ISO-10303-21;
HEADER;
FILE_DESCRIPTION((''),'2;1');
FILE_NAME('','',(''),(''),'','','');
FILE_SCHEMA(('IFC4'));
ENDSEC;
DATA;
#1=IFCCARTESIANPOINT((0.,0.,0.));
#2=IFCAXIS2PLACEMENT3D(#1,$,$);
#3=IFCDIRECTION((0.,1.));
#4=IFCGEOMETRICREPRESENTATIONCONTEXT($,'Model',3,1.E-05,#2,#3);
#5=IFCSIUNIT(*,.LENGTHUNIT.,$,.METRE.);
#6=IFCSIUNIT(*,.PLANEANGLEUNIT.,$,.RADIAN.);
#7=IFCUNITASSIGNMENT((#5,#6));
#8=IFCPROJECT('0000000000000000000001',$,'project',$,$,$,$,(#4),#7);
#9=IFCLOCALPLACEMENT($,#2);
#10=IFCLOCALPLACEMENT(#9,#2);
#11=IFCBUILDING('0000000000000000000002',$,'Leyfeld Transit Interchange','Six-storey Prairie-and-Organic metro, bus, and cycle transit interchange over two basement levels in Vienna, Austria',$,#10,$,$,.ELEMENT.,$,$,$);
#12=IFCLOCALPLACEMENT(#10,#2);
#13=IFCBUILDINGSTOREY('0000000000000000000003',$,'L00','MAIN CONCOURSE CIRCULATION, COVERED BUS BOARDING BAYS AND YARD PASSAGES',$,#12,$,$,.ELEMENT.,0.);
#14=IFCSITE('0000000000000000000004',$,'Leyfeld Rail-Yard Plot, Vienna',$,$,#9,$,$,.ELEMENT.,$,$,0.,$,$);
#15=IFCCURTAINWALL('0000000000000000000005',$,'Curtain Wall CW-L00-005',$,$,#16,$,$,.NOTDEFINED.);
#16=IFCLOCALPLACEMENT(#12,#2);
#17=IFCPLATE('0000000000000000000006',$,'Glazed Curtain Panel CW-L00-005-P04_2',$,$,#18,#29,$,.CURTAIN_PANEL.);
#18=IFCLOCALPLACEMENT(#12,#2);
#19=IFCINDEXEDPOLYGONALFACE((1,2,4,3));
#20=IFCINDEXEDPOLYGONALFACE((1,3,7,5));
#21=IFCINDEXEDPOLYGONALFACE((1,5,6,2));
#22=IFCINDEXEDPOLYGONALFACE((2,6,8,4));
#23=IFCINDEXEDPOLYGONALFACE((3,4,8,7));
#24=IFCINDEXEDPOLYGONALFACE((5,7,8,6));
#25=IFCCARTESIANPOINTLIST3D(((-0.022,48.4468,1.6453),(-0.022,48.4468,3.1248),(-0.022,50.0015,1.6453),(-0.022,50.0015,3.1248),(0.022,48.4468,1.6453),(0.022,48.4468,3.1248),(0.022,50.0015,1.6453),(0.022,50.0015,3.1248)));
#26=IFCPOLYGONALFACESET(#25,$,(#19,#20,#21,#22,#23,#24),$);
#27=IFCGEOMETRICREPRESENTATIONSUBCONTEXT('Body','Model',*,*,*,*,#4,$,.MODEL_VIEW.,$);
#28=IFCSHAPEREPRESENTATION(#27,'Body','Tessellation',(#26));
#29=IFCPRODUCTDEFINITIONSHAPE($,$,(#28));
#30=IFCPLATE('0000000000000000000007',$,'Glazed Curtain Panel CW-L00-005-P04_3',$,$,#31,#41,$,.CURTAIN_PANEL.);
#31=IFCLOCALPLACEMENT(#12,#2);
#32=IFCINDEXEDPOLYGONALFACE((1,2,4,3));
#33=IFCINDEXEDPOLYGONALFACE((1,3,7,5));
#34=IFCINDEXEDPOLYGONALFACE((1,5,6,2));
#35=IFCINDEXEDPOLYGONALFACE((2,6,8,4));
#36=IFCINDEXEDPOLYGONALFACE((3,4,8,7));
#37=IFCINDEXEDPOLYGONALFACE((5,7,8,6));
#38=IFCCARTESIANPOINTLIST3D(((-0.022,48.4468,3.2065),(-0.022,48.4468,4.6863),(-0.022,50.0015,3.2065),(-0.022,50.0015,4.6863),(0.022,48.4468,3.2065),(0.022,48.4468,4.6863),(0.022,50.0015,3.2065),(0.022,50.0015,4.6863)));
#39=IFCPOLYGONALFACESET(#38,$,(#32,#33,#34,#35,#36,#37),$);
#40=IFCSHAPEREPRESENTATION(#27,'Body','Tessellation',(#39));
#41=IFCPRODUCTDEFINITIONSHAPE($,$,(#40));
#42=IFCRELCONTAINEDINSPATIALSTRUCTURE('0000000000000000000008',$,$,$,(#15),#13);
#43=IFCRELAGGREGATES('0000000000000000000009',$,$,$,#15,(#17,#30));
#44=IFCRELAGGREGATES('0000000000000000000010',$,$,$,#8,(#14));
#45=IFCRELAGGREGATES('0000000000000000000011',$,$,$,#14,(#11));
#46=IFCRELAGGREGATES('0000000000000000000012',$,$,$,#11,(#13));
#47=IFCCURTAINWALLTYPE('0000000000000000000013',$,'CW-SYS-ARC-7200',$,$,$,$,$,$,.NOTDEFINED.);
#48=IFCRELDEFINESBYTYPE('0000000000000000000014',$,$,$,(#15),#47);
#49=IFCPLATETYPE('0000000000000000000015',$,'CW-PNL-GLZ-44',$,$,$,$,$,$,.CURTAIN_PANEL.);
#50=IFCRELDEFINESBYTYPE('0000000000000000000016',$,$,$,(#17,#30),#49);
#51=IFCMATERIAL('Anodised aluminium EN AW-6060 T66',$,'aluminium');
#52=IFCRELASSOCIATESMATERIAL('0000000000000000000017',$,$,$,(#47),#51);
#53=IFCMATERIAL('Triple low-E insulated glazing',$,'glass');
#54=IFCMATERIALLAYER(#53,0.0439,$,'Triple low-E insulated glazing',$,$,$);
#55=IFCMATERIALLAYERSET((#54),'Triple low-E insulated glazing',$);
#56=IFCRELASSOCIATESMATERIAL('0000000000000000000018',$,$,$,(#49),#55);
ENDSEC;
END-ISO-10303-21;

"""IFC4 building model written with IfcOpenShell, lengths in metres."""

from ifc_helpers import new_model, si_unit, direction, frame, origin, origin_2d, place, context, subcontext, project, spatial, rectangle, extrude, material, layer, layer_set, type_object, element, aggregate, save


model = new_model("IFC4")

# Units and contexts
model_context = context("Model", 3, precision=1e-05, world=origin(), true_north=direction((0.0, 1.0)))
body_context = subcontext(model_context, "Body", "Model", "MODEL_VIEW")
ifc_project = project(units=[si_unit("LENGTHUNIT", "METRE"), si_unit("PLANEANGLEUNIT", "RADIAN")], contexts=[model_context])

# Site, building, storey
site_placement = place(None, origin())
site = spatial("IfcSite", under=ifc_project, at=site_placement, Name="Leyfeld Rail-Yard Plot, Vienna", CompositionType="ELEMENT", RefElevation=0.0)
building_placement = place(site_placement, origin())
building = spatial("IfcBuilding", under=site, at=building_placement, Name="Leyfeld Transit Interchange", Description="Six-storey Prairie-and-Organic metro, bus, and cycle transit interchange over two basement levels in Vienna, Austria", CompositionType="ELEMENT")
storey_placement = place(building_placement, origin())
storey = spatial("IfcBuildingStorey", under=building, at=storey_placement, Name="L00", Description="MAIN CONCOURSE CIRCULATION, COVERED BUS BOARDING BAYS AND YARD PASSAGES", CompositionType="ELEMENT", Elevation=0.0)

# Curtain wall, plates
ifc_material_1 = material(Name="Anodised aluminium EN AW-6060 T66", Category="aluminium")
curtain_wall_type = type_object("IfcCurtainWallType", Name="CW-SYS-ARC-7200", PredefinedType="NOTDEFINED", material=ifc_material_1)
curtain_wall_placement = place(storey_placement, origin())
curtain_wall = element("IfcCurtainWall", 1, at=curtain_wall_placement, inside=storey, type_object=curtain_wall_type, Name="Curtain Wall CW-L00-005", PredefinedType="NOTDEFINED")
ifc_material_2 = material(Name="Triple low-E insulated glazing", Category="glass")
ifc_layer = layer(ifc_material_2, 0.0439, Name="Triple low-E insulated glazing")
ifc_layer_set = layer_set([ifc_layer], Name="Triple low-E insulated glazing")
plate_type = type_object("IfcPlateType", Name="CW-PNL-GLZ-44", PredefinedType="CURTAIN_PANEL", material=ifc_layer_set)
plate_1_placement = place(storey_placement, frame((0.0, 49.2241, 1.6453), z_axis=(0.0, 0.0, 1.0), x_axis=(0.0, 1.0, 0.0)))
plate_1 = element("IfcPlate", 2, at=plate_1_placement, type_object=plate_type, Name="Glazed Curtain Panel CW-L00-005-P04_2", PredefinedType="CURTAIN_PANEL", context=body_context, shape_type="SweptSolid", body=[
    extrude(rectangle(XDim=1.5547, YDim=0.0439, at=origin_2d()), origin(), (0.0, 0.0, 1.0), 1.4795),
])
plate_2_placement = place(storey_placement, frame((0.0, 49.2241, 3.2065), z_axis=(0.0, 0.0, 1.0), x_axis=(0.0, 1.0, 0.0)))
plate_2 = element("IfcPlate", 3, at=plate_2_placement, type_object=plate_type, Name="Glazed Curtain Panel CW-L00-005-P04_3", PredefinedType="CURTAIN_PANEL", context=body_context, shape_type="SweptSolid", body=[
    extrude(rectangle(XDim=1.5547, YDim=0.0439, at=origin_2d()), origin(), (0.0, 0.0, 1.0), 1.4797),
])
aggregate(curtain_wall, [plate_1, plate_2])

save(model, "model.ifc")
